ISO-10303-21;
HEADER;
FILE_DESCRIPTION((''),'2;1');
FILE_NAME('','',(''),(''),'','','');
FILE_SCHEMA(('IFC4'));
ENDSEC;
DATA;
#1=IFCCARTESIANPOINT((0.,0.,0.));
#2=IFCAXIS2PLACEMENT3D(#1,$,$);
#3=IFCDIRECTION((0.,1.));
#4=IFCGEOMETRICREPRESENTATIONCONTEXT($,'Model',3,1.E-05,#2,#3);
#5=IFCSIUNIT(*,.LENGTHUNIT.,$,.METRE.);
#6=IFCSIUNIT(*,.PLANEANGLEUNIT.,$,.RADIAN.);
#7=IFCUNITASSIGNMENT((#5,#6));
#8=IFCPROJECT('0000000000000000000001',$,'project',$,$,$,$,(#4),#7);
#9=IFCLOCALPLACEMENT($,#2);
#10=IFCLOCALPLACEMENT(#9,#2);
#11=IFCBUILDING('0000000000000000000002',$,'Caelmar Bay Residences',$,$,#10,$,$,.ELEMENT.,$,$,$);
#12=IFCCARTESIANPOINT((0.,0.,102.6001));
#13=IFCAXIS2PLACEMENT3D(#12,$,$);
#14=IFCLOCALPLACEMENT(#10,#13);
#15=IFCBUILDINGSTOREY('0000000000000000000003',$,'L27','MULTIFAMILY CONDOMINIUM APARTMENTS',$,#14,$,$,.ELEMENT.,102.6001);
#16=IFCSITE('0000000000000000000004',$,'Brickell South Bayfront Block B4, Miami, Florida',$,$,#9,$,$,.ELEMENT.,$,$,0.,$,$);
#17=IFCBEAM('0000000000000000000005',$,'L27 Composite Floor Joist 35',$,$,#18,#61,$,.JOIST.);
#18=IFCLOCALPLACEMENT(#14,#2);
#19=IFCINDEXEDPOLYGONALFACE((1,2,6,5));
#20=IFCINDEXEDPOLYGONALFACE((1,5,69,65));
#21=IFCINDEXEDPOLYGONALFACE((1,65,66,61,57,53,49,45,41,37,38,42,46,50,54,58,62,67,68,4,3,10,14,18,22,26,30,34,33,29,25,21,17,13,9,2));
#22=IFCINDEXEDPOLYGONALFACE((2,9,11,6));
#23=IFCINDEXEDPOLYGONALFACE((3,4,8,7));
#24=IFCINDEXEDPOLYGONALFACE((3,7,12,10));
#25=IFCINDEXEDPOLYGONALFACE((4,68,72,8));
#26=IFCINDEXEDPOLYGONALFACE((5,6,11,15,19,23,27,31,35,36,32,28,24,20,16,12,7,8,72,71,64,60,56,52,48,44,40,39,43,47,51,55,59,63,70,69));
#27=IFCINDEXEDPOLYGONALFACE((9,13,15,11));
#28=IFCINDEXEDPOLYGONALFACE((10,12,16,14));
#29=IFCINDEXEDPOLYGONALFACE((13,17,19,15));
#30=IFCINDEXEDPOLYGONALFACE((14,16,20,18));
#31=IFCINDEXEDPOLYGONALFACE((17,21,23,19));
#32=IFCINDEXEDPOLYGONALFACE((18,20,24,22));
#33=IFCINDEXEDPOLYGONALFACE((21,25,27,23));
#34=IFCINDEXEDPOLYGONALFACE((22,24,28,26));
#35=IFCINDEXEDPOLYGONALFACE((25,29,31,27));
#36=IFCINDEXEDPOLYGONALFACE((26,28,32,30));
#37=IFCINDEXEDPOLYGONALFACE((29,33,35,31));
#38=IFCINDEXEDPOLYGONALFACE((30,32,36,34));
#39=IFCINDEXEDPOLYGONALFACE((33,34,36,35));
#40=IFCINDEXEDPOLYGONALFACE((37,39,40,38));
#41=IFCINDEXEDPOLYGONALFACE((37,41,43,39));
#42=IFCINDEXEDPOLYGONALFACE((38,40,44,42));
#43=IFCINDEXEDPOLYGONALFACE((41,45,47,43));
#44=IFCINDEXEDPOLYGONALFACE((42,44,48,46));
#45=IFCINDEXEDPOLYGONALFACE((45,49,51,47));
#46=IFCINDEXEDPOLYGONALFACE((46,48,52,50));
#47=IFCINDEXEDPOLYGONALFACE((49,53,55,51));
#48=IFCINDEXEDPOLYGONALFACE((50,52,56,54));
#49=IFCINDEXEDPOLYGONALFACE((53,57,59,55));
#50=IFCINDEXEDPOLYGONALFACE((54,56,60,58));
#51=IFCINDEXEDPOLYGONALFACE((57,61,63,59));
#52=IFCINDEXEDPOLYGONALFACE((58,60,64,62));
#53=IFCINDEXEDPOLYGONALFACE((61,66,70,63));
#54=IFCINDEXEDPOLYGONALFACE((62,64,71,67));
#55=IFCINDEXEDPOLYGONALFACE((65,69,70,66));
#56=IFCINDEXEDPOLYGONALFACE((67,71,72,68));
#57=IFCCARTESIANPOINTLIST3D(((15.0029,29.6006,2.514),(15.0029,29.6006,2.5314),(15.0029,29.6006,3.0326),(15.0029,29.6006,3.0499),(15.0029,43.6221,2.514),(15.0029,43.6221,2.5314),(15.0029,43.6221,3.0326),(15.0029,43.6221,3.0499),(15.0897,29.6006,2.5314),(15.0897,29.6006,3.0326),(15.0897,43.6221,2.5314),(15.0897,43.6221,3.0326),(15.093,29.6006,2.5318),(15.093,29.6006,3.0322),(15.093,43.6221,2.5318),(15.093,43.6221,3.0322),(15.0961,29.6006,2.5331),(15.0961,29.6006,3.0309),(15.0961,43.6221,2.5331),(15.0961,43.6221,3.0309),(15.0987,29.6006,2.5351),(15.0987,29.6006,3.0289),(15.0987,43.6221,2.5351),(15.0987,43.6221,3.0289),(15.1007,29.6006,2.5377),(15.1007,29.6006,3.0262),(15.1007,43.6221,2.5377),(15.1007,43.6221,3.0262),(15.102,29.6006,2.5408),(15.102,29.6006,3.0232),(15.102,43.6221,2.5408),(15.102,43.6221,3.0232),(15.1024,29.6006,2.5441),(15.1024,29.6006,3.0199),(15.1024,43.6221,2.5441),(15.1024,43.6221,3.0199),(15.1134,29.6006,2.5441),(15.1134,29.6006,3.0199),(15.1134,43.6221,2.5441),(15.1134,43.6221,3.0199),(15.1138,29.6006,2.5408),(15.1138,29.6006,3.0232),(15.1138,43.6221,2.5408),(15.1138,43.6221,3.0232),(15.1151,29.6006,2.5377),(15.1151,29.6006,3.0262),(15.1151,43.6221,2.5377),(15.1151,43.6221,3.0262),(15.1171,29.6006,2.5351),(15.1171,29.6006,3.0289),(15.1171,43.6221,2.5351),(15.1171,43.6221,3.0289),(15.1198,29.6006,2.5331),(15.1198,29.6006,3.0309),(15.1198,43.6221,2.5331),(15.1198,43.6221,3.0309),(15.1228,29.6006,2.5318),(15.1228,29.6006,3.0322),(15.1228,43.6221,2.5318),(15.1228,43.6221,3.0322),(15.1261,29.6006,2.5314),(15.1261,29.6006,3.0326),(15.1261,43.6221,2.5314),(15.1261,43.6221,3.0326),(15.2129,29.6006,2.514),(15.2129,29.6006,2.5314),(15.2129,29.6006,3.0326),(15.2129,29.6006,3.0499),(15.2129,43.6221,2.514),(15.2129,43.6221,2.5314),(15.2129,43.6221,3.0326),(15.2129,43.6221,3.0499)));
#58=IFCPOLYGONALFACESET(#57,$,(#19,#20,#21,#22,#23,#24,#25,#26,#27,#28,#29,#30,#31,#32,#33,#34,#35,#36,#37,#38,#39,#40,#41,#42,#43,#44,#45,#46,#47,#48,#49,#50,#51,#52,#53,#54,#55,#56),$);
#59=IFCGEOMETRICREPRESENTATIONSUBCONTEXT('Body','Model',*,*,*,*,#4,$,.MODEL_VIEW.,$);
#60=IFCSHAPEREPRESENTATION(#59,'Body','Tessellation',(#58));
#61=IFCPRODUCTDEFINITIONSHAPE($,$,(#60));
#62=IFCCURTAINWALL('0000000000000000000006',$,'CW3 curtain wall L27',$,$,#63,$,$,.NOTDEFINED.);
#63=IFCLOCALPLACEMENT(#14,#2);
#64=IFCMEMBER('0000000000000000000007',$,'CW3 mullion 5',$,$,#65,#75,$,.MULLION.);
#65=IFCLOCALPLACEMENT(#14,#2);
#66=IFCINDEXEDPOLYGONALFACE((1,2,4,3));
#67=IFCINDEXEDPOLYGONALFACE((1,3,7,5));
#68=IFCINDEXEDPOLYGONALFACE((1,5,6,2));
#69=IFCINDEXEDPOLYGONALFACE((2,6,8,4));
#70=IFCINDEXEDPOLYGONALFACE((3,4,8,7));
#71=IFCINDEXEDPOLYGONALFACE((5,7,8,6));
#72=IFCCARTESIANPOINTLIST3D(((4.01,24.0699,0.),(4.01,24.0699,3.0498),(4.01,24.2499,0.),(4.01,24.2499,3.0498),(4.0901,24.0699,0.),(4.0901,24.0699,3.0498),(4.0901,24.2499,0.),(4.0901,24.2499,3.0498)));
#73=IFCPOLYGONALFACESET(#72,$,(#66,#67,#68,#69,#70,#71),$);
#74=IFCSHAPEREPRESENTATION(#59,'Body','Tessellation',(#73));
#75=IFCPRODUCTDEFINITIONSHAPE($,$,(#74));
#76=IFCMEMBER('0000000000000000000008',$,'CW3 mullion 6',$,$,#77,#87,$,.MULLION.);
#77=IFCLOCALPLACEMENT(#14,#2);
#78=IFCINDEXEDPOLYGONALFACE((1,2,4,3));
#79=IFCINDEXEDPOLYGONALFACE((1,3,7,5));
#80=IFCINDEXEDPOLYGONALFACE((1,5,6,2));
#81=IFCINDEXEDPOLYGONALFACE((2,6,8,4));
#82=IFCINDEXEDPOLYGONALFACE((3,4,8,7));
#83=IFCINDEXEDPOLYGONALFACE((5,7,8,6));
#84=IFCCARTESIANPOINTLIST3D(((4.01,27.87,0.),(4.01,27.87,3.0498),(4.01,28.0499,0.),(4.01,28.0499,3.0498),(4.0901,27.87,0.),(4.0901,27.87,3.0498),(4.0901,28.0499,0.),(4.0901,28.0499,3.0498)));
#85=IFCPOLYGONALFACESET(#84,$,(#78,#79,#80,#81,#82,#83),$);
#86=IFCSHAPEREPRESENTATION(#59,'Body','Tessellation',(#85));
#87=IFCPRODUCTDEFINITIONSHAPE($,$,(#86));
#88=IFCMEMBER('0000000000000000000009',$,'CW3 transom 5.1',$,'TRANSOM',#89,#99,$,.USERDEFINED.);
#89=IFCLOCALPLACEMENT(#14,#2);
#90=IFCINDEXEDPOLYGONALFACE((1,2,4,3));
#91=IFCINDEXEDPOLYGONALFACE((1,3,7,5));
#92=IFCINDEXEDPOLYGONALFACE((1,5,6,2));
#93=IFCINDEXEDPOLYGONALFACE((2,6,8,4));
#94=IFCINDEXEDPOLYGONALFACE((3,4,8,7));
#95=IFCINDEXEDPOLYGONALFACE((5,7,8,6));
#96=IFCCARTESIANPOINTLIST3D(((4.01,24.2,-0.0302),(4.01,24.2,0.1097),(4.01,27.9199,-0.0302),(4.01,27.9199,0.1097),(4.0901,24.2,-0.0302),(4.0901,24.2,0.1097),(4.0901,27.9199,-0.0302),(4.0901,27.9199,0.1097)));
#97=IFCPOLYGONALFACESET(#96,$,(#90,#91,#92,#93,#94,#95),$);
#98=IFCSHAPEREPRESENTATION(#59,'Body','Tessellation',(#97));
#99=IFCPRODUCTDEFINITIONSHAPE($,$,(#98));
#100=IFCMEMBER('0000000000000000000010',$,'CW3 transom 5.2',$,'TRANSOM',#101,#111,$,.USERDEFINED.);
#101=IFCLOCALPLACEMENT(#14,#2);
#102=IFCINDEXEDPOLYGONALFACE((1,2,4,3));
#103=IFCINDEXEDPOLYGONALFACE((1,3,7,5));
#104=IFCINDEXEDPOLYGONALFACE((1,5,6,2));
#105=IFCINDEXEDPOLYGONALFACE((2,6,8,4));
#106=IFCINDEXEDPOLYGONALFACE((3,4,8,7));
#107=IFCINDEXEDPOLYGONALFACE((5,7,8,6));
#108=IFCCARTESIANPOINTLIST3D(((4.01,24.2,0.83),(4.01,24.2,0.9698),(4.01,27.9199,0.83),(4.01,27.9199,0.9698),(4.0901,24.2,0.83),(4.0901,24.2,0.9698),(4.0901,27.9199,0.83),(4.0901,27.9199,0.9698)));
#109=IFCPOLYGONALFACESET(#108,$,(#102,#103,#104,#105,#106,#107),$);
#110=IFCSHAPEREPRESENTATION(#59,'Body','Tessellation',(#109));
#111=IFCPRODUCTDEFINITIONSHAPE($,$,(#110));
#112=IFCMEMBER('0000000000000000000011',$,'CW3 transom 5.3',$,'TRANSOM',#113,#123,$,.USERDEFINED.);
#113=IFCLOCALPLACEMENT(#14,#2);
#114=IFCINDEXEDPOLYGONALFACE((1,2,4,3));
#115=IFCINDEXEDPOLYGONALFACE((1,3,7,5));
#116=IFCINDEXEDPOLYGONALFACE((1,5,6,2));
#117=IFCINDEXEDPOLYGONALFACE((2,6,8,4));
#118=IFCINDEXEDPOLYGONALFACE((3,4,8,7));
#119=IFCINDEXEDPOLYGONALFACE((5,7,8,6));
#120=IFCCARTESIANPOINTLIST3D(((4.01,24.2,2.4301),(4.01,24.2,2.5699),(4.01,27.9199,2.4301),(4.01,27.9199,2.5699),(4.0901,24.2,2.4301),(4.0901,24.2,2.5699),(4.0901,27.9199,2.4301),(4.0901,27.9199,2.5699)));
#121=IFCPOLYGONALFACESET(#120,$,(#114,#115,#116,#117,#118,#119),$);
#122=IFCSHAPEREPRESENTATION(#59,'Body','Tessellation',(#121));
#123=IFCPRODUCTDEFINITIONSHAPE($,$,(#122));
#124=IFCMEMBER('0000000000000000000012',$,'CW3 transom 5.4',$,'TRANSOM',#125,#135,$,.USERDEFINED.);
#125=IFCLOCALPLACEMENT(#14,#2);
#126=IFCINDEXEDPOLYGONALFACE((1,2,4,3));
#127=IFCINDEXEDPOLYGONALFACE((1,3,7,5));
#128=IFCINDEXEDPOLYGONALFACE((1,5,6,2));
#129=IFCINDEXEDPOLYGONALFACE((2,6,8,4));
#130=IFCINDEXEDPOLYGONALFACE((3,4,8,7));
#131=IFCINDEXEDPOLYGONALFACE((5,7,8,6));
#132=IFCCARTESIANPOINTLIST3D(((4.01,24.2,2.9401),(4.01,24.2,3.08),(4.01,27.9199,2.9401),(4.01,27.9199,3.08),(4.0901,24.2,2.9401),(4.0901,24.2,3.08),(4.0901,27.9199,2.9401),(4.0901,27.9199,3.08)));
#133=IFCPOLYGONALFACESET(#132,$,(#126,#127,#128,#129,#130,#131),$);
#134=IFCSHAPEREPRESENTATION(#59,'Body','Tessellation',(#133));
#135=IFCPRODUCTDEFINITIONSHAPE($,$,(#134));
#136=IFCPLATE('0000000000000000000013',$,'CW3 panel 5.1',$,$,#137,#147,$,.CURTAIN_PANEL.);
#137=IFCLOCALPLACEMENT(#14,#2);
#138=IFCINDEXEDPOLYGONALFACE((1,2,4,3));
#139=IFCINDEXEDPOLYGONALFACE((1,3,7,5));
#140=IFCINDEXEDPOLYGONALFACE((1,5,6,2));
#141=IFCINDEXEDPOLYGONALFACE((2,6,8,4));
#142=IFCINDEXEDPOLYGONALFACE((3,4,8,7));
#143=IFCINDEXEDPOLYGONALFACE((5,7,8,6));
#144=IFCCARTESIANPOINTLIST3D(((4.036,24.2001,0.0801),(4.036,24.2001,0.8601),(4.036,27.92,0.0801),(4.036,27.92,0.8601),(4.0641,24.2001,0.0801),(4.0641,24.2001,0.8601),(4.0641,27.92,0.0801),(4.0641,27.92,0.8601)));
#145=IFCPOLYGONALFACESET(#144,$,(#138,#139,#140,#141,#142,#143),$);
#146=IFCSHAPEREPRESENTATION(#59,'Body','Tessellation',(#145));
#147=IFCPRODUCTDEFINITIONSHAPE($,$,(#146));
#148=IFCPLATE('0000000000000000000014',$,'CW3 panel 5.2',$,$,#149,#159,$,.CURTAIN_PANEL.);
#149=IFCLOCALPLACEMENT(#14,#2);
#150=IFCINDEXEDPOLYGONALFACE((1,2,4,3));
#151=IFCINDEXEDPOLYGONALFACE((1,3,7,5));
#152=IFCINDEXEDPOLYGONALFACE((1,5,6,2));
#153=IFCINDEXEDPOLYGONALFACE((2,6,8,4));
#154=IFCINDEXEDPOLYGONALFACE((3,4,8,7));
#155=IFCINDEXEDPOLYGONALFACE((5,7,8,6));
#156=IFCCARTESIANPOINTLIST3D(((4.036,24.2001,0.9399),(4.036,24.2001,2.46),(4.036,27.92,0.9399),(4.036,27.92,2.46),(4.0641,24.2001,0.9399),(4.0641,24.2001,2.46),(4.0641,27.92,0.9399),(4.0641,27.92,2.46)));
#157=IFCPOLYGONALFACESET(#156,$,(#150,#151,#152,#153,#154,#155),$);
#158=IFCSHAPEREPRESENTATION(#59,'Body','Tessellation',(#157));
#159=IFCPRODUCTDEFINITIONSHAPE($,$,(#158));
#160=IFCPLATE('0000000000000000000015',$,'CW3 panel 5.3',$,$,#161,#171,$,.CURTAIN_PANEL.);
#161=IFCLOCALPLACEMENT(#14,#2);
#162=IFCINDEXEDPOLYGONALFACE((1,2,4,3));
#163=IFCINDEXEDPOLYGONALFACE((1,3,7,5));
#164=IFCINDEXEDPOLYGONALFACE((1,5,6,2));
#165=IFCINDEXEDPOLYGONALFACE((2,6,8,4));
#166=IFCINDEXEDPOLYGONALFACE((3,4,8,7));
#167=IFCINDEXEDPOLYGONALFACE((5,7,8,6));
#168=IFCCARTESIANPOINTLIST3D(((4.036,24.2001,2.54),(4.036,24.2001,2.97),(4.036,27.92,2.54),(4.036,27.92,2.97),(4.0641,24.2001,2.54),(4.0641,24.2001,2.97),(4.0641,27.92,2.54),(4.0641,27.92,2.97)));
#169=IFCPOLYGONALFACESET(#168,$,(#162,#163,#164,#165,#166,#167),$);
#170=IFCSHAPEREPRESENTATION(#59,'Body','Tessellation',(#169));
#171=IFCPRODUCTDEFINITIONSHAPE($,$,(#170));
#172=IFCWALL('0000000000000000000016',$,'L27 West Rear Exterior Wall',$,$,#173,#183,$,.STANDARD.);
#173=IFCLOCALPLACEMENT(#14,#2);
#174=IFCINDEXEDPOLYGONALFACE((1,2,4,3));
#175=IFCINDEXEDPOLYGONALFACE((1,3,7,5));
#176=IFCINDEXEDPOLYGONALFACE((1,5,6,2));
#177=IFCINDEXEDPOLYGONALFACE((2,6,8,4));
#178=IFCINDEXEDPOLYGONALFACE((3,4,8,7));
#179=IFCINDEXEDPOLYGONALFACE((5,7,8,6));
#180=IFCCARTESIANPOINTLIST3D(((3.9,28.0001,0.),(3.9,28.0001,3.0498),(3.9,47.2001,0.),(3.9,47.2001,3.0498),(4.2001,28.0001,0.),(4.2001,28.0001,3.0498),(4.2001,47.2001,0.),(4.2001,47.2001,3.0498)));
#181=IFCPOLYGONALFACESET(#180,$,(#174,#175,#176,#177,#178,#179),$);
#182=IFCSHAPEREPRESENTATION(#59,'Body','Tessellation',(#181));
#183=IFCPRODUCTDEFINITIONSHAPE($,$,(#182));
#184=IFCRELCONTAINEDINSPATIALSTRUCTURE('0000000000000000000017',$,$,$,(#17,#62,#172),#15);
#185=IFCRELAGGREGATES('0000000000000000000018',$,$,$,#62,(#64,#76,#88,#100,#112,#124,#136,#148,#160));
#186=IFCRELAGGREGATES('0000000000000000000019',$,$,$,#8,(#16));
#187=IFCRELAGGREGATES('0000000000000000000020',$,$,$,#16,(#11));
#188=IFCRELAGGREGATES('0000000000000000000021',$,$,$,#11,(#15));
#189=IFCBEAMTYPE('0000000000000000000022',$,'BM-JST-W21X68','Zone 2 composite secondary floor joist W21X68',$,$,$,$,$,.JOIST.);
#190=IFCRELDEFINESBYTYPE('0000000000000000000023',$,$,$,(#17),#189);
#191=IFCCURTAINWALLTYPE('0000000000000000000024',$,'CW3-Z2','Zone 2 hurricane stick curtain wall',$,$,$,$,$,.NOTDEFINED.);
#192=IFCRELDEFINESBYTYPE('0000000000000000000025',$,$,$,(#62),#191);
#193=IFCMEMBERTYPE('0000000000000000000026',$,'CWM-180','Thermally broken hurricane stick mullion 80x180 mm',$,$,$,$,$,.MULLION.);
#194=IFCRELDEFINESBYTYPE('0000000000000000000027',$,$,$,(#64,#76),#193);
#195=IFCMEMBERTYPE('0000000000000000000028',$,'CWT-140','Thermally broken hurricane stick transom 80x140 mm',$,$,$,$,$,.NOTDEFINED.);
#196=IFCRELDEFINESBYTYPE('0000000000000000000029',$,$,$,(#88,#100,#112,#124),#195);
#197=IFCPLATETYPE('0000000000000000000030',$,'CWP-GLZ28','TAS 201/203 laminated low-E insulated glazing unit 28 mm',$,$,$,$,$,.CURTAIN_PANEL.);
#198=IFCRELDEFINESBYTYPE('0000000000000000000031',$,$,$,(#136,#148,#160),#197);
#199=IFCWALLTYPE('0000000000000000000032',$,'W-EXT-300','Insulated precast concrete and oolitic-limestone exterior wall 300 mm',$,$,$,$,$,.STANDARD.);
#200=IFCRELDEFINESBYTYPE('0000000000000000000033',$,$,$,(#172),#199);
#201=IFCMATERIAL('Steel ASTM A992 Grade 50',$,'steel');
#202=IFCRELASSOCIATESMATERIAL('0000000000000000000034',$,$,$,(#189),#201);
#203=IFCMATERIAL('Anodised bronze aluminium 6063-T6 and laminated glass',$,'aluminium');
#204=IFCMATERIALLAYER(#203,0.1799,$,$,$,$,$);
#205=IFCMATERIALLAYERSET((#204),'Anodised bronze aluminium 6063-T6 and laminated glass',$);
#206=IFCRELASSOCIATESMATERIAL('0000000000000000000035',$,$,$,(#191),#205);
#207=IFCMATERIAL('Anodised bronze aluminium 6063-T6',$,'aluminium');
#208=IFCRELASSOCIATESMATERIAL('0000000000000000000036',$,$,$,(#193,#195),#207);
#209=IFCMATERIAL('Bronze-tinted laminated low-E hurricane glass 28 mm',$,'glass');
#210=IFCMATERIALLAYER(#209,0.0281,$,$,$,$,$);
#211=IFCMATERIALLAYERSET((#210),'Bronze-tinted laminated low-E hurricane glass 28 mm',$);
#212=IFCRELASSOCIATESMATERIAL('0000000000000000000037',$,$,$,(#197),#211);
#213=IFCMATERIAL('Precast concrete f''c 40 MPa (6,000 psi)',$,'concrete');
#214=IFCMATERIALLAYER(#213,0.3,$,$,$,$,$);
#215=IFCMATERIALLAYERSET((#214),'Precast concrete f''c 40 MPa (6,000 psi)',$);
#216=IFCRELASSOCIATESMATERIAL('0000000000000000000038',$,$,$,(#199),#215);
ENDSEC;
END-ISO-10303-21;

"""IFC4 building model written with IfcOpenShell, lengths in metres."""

from ifc_helpers import new_model, si_unit, direction, frame, frame_2d, origin, origin_2d, place, context, subcontext, project, spatial, rectangle, i_section, extrude, material, layer, layer_set, material_profile, profile_set, type_object, element, aggregate, save


model = new_model("IFC4")

# Units and contexts
model_context = context("Model", 3, precision=1e-05, world=origin(), true_north=direction((0.0, 1.0)))
body_context = subcontext(model_context, "Body", "Model", "MODEL_VIEW")
ifc_project = project(units=[si_unit("LENGTHUNIT", "METRE"), si_unit("PLANEANGLEUNIT", "RADIAN")], contexts=[model_context])

# Site, building, storey
site_placement = place(None, origin())
site = spatial("IfcSite", under=ifc_project, at=site_placement, Name="Brickell South Bayfront Block B4, Miami, Florida", CompositionType="ELEMENT", RefElevation=0.0)
building_placement = place(site_placement, origin())
building = spatial("IfcBuilding", under=site, at=building_placement, Name="Caelmar Bay Residences", CompositionType="ELEMENT")
storey_placement = place(building_placement, frame((0.0, 0.0, 102.6001)))
storey = spatial("IfcBuildingStorey", under=building, at=storey_placement, Name="L27", Description="MULTIFAMILY CONDOMINIUM APARTMENTS", CompositionType="ELEMENT", Elevation=102.6001)

# Beam
ifc_material_1 = material(Name="Steel ASTM A992 Grade 50", Category="steel")
ifc_material_profile_1 = material_profile(ifc_material_1, i_section(OverallWidth=0.21, OverallDepth=0.5359, WebThickness=0.011, FlangeThickness=0.0173, FilletRadius=0.0127, at=origin_2d()), Name="W21X68")
ifc_profile_set_1 = profile_set([ifc_material_profile_1], Name="Steel ASTM A992 Grade 50")
beam_type_1 = type_object("IfcBeamType", Name="BM-JST-W21X68", Description="Zone 2 composite secondary floor joist W21X68", PredefinedType="JOIST", material=ifc_profile_set_1)
beam_1_placement = place(storey_placement, frame((15.1079, 29.6006, 2.782), z_axis=(0.0, 1.0, 0.0), x_axis=(-1.0, 0.0, 0.0)))
element("IfcBeam", 1, at=beam_1_placement, inside=storey, type_object=beam_type_1, Name="L27 Composite Floor Joist 35", PredefinedType="JOIST", context=body_context, shape_type="SweptSolid", body=[
    extrude(i_section(OverallWidth=0.21, OverallDepth=0.5359, WebThickness=0.011, FlangeThickness=0.0173, FilletRadius=0.0127, at=origin_2d()), origin(), (0.0, 0.0, 1.0), 14.0215),
])

# Curtain wall, members, plates
ifc_material_2 = material(Name="Anodised bronze aluminium 6063-T6 and laminated glass", Category="aluminium")
ifc_layer_1 = layer(ifc_material_2, 0.1799)
ifc_layer_set_1 = layer_set([ifc_layer_1], Name="Anodised bronze aluminium 6063-T6 and laminated glass")
curtain_wall_type = type_object("IfcCurtainWallType", Name="CW3-Z2", Description="Zone 2 hurricane stick curtain wall", PredefinedType="NOTDEFINED", material=ifc_layer_set_1)
curtain_wall_placement = place(storey_placement, origin())
curtain_wall = element("IfcCurtainWall", 2, at=curtain_wall_placement, inside=storey, type_object=curtain_wall_type, Name="CW3 curtain wall L27", PredefinedType="NOTDEFINED")
ifc_material_3 = material(Name="Anodised bronze aluminium 6063-T6", Category="aluminium")
ifc_material_profile_2 = material_profile(ifc_material_3, rectangle(XDim=0.0801, YDim=0.1799, at=origin_2d()), Name="CWM-80X180")
ifc_profile_set_2 = profile_set([ifc_material_profile_2], Name="Anodised bronze aluminium 6063-T6")
member_type_1 = type_object("IfcMemberType", Name="CWM-180", Description="Thermally broken hurricane stick mullion 80x180 mm", PredefinedType="MULLION", material=ifc_profile_set_2)
member_1_placement = place(storey_placement, frame((4.05, 24.1599, 0.0), z_axis=(0.0, 0.0, 1.0), x_axis=(-1.0, 0.0, 0.0)))
member_1 = element("IfcMember", 3, at=member_1_placement, type_object=member_type_1, Name="CW3 mullion 5", PredefinedType="MULLION", context=body_context, shape_type="SweptSolid", body=[
    extrude(rectangle(XDim=0.0801, YDim=0.1799, at=origin_2d()), origin(), (0.0, 0.0, 1.0), 3.0498),
])
member_2_placement = place(storey_placement, frame((4.05, 27.96, 0.0), z_axis=(0.0, 0.0, 1.0), x_axis=(-1.0, 0.0, 0.0)))
member_2 = element("IfcMember", 4, at=member_2_placement, type_object=member_type_1, Name="CW3 mullion 6", PredefinedType="MULLION", context=body_context, shape_type="SweptSolid", body=[
    extrude(rectangle(XDim=0.0801, YDim=0.1799, at=origin_2d()), origin(), (0.0, 0.0, 1.0), 3.0498),
])
ifc_material_profile_3 = material_profile(ifc_material_3, rectangle(XDim=0.0801, YDim=0.1399, at=origin_2d()), Name="CWT-80X140")
ifc_profile_set_3 = profile_set([ifc_material_profile_3], Name="Anodised bronze aluminium 6063-T6")
member_type_2 = type_object("IfcMemberType", Name="CWT-140", Description="Thermally broken hurricane stick transom 80x140 mm", PredefinedType="NOTDEFINED", material=ifc_profile_set_3)
member_3_placement = place(storey_placement, frame((4.05, 24.2, 0.0398), z_axis=(0.0, 1.0, 0.0), x_axis=(-1.0, 0.0, 0.0)))
member_3 = element("IfcMember", 5, at=member_3_placement, type_object=member_type_2, Name="CW3 transom 5.1", ObjectType="TRANSOM", PredefinedType="USERDEFINED", context=body_context, shape_type="SweptSolid", body=[
    extrude(rectangle(XDim=0.0801, YDim=0.1399, at=origin_2d()), origin(), (0.0, 0.0, 1.0), 3.72),
])
member_4_placement = place(storey_placement, frame((4.05, 24.2, 0.8999), z_axis=(0.0, 1.0, 0.0), x_axis=(-1.0, 0.0, 0.0)))
member_4 = element("IfcMember", 6, at=member_4_placement, type_object=member_type_2, Name="CW3 transom 5.2", ObjectType="TRANSOM", PredefinedType="USERDEFINED", context=body_context, shape_type="SweptSolid", body=[
    extrude(rectangle(XDim=0.0801, YDim=0.1399, at=origin_2d()), origin(), (0.0, 0.0, 1.0), 3.72),
])
member_5_placement = place(storey_placement, frame((4.05, 24.2, 2.5), z_axis=(0.0, 1.0, 0.0), x_axis=(-1.0, 0.0, 0.0)))
member_5 = element("IfcMember", 7, at=member_5_placement, type_object=member_type_2, Name="CW3 transom 5.3", ObjectType="TRANSOM", PredefinedType="USERDEFINED", context=body_context, shape_type="SweptSolid", body=[
    extrude(rectangle(XDim=0.0801, YDim=0.1399, at=origin_2d()), origin(), (0.0, 0.0, 1.0), 3.72),
])
member_6_placement = place(storey_placement, frame((4.05, 24.2, 3.01), z_axis=(0.0, 1.0, 0.0), x_axis=(-1.0, 0.0, 0.0)))
member_6 = element("IfcMember", 8, at=member_6_placement, type_object=member_type_2, Name="CW3 transom 5.4", ObjectType="TRANSOM", PredefinedType="USERDEFINED", context=body_context, shape_type="SweptSolid", body=[
    extrude(rectangle(XDim=0.0801, YDim=0.1399, at=origin_2d()), origin(), (0.0, 0.0, 1.0), 3.72),
])
ifc_material_4 = material(Name="Bronze-tinted laminated low-E hurricane glass 28 mm", Category="glass")
ifc_layer_2 = layer(ifc_material_4, 0.0281)
ifc_layer_set_2 = layer_set([ifc_layer_2], Name="Bronze-tinted laminated low-E hurricane glass 28 mm")
plate_type = type_object("IfcPlateType", Name="CWP-GLZ28", Description="TAS 201/203 laminated low-E insulated glazing unit 28 mm", PredefinedType="CURTAIN_PANEL", material=ifc_layer_set_2)
plate_1_placement = place(storey_placement, frame((4.05, 26.0601, 0.0801), z_axis=(0.0, 0.0, 1.0), x_axis=(0.0, 1.0, 0.0)))
plate_1 = element("IfcPlate", 9, at=plate_1_placement, type_object=plate_type, Name="CW3 panel 5.1", PredefinedType="CURTAIN_PANEL", context=body_context, shape_type="SweptSolid", body=[
    extrude(rectangle(XDim=3.72, YDim=0.0281, at=origin_2d()), origin(), (0.0, 0.0, 1.0), 0.78),
])
plate_2_placement = place(storey_placement, frame((4.05, 26.0601, 0.9399), z_axis=(0.0, 0.0, 1.0), x_axis=(0.0, 1.0, 0.0)))
plate_2 = element("IfcPlate", 10, at=plate_2_placement, type_object=plate_type, Name="CW3 panel 5.2", PredefinedType="CURTAIN_PANEL", context=body_context, shape_type="SweptSolid", body=[
    extrude(rectangle(XDim=3.72, YDim=0.0281, at=origin_2d()), origin(), (0.0, 0.0, 1.0), 1.52),
])
plate_3_placement = place(storey_placement, frame((4.05, 26.0601, 2.54), z_axis=(0.0, 0.0, 1.0), x_axis=(0.0, 1.0, 0.0)))
plate_3 = element("IfcPlate", 11, at=plate_3_placement, type_object=plate_type, Name="CW3 panel 5.3", PredefinedType="CURTAIN_PANEL", context=body_context, shape_type="SweptSolid", body=[
    extrude(rectangle(XDim=3.72, YDim=0.0281, at=origin_2d()), origin(), (0.0, 0.0, 1.0), 0.4299),
])
aggregate(curtain_wall, [member_1, member_2, member_3, member_4, member_5, member_6, plate_1, plate_2, plate_3])

# Wall
ifc_material_5 = material(Name="Precast concrete f'c 40 MPa (6,000 psi)", Category="concrete")
ifc_layer_3 = layer(ifc_material_5, 0.3)
ifc_layer_set_3 = layer_set([ifc_layer_3], Name="Precast concrete f'c 40 MPa (6,000 psi)")
wall_type_1 = type_object("IfcWallType", Name="W-EXT-300", Description="Insulated precast concrete and oolitic-limestone exterior wall 300 mm", PredefinedType="STANDARD", material=ifc_layer_set_3)
wall_1_placement = place(storey_placement, frame((4.05, 28.0, 0.0), z_axis=(0.0, 0.0, 1.0), x_axis=(0.0, 1.0, 0.0)))
element("IfcWall", 12, at=wall_1_placement, inside=storey, type_object=wall_type_1, Name="L27 West Rear Exterior Wall", PredefinedType="STANDARD", context=body_context, shape_type="SweptSolid", body=[
    extrude(rectangle(XDim=19.2, YDim=0.3, at=frame_2d((9.6001, 0.0))), origin(), (0.0, 0.0, 1.0), 3.0498),
])

save(model, "model.ifc")
